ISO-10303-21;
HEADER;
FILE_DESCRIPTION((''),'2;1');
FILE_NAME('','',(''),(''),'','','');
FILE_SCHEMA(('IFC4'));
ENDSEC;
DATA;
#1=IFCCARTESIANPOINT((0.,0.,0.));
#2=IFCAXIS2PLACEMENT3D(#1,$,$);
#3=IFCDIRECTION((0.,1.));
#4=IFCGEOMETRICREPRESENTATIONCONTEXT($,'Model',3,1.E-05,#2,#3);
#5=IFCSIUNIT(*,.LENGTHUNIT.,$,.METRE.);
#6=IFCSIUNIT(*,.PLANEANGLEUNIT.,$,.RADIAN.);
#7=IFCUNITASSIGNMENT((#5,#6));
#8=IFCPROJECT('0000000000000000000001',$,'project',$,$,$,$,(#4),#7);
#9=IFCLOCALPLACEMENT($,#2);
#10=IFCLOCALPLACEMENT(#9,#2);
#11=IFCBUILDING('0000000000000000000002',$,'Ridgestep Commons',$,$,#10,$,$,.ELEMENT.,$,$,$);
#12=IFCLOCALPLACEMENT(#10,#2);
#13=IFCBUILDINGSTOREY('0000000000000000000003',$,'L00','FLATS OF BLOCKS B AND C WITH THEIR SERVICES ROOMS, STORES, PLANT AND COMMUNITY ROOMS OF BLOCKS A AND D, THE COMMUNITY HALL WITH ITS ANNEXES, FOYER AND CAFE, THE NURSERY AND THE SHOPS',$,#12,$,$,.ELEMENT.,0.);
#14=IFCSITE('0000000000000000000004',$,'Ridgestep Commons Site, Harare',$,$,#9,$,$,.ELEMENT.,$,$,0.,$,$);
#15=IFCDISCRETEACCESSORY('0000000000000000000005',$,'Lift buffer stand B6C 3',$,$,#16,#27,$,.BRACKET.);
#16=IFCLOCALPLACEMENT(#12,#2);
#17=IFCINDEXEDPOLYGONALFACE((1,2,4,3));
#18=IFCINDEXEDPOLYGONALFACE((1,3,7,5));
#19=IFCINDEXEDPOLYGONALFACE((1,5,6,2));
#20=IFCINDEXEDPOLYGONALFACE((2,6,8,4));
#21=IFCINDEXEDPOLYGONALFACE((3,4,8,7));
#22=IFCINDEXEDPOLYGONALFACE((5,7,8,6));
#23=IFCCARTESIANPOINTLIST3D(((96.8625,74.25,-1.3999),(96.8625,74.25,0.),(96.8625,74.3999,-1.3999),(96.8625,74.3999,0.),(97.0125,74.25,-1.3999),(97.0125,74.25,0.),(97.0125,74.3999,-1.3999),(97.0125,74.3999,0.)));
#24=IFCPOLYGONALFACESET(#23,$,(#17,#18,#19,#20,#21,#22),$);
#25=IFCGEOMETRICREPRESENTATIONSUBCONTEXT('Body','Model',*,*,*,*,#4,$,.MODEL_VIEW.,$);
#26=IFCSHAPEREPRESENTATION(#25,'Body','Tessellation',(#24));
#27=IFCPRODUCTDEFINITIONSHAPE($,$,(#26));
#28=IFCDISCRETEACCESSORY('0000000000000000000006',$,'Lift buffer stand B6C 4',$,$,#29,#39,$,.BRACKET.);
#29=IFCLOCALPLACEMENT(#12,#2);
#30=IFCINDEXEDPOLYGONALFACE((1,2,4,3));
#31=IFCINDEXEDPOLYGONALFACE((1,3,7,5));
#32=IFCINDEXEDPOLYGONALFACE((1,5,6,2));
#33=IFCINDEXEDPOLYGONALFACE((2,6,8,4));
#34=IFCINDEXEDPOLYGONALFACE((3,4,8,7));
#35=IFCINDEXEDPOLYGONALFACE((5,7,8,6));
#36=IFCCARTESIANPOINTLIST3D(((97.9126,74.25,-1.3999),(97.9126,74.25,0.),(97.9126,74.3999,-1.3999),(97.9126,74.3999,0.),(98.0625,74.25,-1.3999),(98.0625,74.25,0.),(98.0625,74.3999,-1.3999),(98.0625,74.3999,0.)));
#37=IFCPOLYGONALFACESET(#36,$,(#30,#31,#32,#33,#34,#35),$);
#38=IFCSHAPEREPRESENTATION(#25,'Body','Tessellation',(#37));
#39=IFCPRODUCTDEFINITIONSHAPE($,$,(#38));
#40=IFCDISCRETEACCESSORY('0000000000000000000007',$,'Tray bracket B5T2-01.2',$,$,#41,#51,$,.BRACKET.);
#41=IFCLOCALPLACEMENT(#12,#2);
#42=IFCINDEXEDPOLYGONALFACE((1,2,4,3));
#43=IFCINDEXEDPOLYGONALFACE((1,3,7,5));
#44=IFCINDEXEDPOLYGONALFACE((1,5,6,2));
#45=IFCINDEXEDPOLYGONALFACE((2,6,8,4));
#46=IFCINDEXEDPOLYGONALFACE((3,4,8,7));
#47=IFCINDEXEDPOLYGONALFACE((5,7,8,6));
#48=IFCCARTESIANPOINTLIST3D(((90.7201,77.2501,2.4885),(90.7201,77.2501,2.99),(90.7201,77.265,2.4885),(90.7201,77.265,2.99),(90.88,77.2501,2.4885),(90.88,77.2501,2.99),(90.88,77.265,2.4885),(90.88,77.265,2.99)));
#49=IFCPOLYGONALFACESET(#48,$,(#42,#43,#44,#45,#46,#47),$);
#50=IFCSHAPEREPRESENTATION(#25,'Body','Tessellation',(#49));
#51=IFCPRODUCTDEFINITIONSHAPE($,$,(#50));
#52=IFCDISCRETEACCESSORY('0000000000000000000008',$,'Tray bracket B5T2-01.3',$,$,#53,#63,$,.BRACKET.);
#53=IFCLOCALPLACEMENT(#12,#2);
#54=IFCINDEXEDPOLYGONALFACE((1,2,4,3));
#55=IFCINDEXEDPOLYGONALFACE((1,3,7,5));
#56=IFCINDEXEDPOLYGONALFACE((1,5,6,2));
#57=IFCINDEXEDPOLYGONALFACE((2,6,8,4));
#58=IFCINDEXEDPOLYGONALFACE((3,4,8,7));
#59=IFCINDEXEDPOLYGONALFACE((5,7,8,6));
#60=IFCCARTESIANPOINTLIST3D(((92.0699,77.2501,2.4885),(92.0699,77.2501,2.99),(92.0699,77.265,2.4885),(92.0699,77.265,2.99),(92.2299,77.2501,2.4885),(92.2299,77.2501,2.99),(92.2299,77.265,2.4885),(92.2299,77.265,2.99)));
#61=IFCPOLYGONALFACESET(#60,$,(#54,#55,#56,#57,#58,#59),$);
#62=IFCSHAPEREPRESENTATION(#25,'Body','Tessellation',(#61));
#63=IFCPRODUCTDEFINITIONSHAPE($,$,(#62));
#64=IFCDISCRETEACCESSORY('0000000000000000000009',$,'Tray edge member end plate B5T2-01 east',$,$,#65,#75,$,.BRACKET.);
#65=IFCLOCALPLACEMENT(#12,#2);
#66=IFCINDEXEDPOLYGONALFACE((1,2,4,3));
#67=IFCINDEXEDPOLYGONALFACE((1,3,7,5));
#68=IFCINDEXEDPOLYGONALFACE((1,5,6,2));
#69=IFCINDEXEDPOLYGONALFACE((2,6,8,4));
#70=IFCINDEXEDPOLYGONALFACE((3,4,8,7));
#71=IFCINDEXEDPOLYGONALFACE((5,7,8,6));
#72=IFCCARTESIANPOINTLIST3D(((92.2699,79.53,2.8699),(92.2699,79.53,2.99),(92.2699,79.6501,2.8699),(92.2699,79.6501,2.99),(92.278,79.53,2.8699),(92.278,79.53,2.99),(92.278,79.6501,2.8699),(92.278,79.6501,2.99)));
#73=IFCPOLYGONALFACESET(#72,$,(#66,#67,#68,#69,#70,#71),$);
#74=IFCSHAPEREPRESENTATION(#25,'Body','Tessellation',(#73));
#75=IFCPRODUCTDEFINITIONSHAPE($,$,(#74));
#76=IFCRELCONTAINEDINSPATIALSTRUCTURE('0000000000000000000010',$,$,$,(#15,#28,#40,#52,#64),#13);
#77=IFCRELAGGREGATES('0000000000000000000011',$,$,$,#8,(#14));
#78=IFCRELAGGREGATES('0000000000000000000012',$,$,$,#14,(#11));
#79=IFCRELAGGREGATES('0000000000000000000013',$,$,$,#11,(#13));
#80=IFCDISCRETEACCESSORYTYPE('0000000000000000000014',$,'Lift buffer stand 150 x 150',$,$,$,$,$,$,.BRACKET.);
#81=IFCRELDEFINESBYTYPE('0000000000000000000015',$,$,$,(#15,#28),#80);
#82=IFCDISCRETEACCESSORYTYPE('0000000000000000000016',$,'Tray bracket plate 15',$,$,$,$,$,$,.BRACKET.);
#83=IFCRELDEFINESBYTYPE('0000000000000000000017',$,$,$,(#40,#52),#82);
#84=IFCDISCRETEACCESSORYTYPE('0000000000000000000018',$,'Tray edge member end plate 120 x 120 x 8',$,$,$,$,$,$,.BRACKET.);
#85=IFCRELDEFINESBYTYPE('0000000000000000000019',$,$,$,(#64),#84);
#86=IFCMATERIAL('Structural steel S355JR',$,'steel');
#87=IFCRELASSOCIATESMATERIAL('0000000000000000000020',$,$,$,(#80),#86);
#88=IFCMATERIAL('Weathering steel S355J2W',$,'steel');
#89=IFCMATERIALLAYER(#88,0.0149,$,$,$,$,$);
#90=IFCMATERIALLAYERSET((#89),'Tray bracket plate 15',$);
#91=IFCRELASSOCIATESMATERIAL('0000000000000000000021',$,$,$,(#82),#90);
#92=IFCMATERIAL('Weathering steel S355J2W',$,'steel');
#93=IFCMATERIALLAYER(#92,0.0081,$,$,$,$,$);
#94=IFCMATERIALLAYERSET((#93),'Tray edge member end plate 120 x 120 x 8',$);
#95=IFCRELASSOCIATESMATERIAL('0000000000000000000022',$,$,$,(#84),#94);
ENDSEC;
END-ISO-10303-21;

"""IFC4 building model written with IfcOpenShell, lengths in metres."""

from ifc_helpers import new_model, si_unit, direction, frame, origin, origin_2d, place, context, subcontext, project, spatial, rectangle, extrude, material, layer, layer_set, type_object, element, save


model = new_model("IFC4")

# Units and contexts
model_context = context("Model", 3, precision=1e-05, world=origin(), true_north=direction((0.0, 1.0)))
body_context = subcontext(model_context, "Body", "Model", "MODEL_VIEW")
ifc_project = project(units=[si_unit("LENGTHUNIT", "METRE"), si_unit("PLANEANGLEUNIT", "RADIAN")], contexts=[model_context])

# Site, building, storey
site_placement = place(None, origin())
site = spatial("IfcSite", under=ifc_project, at=site_placement, Name="Ridgestep Commons Site, Harare", CompositionType="ELEMENT", RefElevation=0.0)
building_placement = place(site_placement, origin())
building = spatial("IfcBuilding", under=site, at=building_placement, Name="Ridgestep Commons", CompositionType="ELEMENT")
storey_placement = place(building_placement, origin())
storey = spatial("IfcBuildingStorey", under=building, at=storey_placement, Name="L00", Description="FLATS OF BLOCKS B AND C WITH THEIR SERVICES ROOMS, STORES, PLANT AND COMMUNITY ROOMS OF BLOCKS A AND D, THE COMMUNITY HALL WITH ITS ANNEXES, FOYER AND CAFE, THE NURSERY AND THE SHOPS", CompositionType="ELEMENT", Elevation=0.0)

# Discrete accessories
ifc_material_1 = material(Name="Structural steel S355JR", Category="steel")
discrete_accessory_type_1 = type_object("IfcDiscreteAccessoryType", Name="Lift buffer stand 150 x 150", PredefinedType="BRACKET", material=ifc_material_1)
for number, where, z_axis, x_axis, name in (
    (1, (96.9375, 74.325, -1.3999), (0.0, 0.0, 1.0), (1.0, 0.0, 0.0), "Lift buffer stand B6C 3"),
    (2, (97.9875, 74.325, -1.3999), (0.0, 0.0, 1.0), (1.0, 0.0, 0.0), "Lift buffer stand B6C 4"),
):
    element("IfcDiscreteAccessory", number, at=place(storey_placement, frame(where, z_axis=z_axis, x_axis=x_axis)), inside=storey, type_object=discrete_accessory_type_1, Name=name, PredefinedType="BRACKET", context=body_context, shape_type="SweptSolid", body=[
        extrude(rectangle(XDim=0.1499, YDim=0.1499, at=origin_2d()), origin(), (0.0, 0.0, 1.0), 1.3999),
    ])
ifc_material_2 = material(Name="Weathering steel S355J2W", Category="steel")
ifc_layer_1 = layer(ifc_material_2, 0.0149)
ifc_layer_set_1 = layer_set([ifc_layer_1], Name="Tray bracket plate 15")
discrete_accessory_type_2 = type_object("IfcDiscreteAccessoryType", Name="Tray bracket plate 15", PredefinedType="BRACKET", material=ifc_layer_set_1)
for number, where, z_axis, x_axis, name in (
    (3, (90.8, 77.2576, 2.4885), (0.0, 0.0, 1.0), (1.0, 0.0, 0.0), "Tray bracket B5T2-01.2"),
    (4, (92.1499, 77.2576, 2.4885), (0.0, 0.0, 1.0), (1.0, 0.0, 0.0), "Tray bracket B5T2-01.3"),
):
    element("IfcDiscreteAccessory", number, at=place(storey_placement, frame(where, z_axis=z_axis, x_axis=x_axis)), inside=storey, type_object=discrete_accessory_type_2, Name=name, PredefinedType="BRACKET", context=body_context, shape_type="SweptSolid", body=[
        extrude(rectangle(XDim=0.1599, YDim=0.0149, at=origin_2d()), origin(), (0.0, 0.0, 1.0), 0.5015),
    ])
ifc_material_3 = material(Name="Weathering steel S355J2W", Category="steel")
ifc_layer_2 = layer(ifc_material_3, 0.0081)
ifc_layer_set_2 = layer_set([ifc_layer_2], Name="Tray edge member end plate 120 x 120 x 8")
discrete_accessory_type_3 = type_object("IfcDiscreteAccessoryType", Name="Tray edge member end plate 120 x 120 x 8", PredefinedType="BRACKET", material=ifc_layer_set_2)
discrete_accessory_placement = place(storey_placement, frame((92.2739, 79.5901, 2.8699), z_axis=(0.0, 0.0, 1.0), x_axis=(1.0, 0.0, 0.0)))
element("IfcDiscreteAccessory", 5, at=discrete_accessory_placement, inside=storey, type_object=discrete_accessory_type_3, Name="Tray edge member end plate B5T2-01 east", PredefinedType="BRACKET", context=body_context, shape_type="SweptSolid", body=[
    extrude(rectangle(XDim=0.0081, YDim=0.1201, at=origin_2d()), origin(), (0.0, 0.0, 1.0), 0.1201),
])

save(model, "model.ifc")
